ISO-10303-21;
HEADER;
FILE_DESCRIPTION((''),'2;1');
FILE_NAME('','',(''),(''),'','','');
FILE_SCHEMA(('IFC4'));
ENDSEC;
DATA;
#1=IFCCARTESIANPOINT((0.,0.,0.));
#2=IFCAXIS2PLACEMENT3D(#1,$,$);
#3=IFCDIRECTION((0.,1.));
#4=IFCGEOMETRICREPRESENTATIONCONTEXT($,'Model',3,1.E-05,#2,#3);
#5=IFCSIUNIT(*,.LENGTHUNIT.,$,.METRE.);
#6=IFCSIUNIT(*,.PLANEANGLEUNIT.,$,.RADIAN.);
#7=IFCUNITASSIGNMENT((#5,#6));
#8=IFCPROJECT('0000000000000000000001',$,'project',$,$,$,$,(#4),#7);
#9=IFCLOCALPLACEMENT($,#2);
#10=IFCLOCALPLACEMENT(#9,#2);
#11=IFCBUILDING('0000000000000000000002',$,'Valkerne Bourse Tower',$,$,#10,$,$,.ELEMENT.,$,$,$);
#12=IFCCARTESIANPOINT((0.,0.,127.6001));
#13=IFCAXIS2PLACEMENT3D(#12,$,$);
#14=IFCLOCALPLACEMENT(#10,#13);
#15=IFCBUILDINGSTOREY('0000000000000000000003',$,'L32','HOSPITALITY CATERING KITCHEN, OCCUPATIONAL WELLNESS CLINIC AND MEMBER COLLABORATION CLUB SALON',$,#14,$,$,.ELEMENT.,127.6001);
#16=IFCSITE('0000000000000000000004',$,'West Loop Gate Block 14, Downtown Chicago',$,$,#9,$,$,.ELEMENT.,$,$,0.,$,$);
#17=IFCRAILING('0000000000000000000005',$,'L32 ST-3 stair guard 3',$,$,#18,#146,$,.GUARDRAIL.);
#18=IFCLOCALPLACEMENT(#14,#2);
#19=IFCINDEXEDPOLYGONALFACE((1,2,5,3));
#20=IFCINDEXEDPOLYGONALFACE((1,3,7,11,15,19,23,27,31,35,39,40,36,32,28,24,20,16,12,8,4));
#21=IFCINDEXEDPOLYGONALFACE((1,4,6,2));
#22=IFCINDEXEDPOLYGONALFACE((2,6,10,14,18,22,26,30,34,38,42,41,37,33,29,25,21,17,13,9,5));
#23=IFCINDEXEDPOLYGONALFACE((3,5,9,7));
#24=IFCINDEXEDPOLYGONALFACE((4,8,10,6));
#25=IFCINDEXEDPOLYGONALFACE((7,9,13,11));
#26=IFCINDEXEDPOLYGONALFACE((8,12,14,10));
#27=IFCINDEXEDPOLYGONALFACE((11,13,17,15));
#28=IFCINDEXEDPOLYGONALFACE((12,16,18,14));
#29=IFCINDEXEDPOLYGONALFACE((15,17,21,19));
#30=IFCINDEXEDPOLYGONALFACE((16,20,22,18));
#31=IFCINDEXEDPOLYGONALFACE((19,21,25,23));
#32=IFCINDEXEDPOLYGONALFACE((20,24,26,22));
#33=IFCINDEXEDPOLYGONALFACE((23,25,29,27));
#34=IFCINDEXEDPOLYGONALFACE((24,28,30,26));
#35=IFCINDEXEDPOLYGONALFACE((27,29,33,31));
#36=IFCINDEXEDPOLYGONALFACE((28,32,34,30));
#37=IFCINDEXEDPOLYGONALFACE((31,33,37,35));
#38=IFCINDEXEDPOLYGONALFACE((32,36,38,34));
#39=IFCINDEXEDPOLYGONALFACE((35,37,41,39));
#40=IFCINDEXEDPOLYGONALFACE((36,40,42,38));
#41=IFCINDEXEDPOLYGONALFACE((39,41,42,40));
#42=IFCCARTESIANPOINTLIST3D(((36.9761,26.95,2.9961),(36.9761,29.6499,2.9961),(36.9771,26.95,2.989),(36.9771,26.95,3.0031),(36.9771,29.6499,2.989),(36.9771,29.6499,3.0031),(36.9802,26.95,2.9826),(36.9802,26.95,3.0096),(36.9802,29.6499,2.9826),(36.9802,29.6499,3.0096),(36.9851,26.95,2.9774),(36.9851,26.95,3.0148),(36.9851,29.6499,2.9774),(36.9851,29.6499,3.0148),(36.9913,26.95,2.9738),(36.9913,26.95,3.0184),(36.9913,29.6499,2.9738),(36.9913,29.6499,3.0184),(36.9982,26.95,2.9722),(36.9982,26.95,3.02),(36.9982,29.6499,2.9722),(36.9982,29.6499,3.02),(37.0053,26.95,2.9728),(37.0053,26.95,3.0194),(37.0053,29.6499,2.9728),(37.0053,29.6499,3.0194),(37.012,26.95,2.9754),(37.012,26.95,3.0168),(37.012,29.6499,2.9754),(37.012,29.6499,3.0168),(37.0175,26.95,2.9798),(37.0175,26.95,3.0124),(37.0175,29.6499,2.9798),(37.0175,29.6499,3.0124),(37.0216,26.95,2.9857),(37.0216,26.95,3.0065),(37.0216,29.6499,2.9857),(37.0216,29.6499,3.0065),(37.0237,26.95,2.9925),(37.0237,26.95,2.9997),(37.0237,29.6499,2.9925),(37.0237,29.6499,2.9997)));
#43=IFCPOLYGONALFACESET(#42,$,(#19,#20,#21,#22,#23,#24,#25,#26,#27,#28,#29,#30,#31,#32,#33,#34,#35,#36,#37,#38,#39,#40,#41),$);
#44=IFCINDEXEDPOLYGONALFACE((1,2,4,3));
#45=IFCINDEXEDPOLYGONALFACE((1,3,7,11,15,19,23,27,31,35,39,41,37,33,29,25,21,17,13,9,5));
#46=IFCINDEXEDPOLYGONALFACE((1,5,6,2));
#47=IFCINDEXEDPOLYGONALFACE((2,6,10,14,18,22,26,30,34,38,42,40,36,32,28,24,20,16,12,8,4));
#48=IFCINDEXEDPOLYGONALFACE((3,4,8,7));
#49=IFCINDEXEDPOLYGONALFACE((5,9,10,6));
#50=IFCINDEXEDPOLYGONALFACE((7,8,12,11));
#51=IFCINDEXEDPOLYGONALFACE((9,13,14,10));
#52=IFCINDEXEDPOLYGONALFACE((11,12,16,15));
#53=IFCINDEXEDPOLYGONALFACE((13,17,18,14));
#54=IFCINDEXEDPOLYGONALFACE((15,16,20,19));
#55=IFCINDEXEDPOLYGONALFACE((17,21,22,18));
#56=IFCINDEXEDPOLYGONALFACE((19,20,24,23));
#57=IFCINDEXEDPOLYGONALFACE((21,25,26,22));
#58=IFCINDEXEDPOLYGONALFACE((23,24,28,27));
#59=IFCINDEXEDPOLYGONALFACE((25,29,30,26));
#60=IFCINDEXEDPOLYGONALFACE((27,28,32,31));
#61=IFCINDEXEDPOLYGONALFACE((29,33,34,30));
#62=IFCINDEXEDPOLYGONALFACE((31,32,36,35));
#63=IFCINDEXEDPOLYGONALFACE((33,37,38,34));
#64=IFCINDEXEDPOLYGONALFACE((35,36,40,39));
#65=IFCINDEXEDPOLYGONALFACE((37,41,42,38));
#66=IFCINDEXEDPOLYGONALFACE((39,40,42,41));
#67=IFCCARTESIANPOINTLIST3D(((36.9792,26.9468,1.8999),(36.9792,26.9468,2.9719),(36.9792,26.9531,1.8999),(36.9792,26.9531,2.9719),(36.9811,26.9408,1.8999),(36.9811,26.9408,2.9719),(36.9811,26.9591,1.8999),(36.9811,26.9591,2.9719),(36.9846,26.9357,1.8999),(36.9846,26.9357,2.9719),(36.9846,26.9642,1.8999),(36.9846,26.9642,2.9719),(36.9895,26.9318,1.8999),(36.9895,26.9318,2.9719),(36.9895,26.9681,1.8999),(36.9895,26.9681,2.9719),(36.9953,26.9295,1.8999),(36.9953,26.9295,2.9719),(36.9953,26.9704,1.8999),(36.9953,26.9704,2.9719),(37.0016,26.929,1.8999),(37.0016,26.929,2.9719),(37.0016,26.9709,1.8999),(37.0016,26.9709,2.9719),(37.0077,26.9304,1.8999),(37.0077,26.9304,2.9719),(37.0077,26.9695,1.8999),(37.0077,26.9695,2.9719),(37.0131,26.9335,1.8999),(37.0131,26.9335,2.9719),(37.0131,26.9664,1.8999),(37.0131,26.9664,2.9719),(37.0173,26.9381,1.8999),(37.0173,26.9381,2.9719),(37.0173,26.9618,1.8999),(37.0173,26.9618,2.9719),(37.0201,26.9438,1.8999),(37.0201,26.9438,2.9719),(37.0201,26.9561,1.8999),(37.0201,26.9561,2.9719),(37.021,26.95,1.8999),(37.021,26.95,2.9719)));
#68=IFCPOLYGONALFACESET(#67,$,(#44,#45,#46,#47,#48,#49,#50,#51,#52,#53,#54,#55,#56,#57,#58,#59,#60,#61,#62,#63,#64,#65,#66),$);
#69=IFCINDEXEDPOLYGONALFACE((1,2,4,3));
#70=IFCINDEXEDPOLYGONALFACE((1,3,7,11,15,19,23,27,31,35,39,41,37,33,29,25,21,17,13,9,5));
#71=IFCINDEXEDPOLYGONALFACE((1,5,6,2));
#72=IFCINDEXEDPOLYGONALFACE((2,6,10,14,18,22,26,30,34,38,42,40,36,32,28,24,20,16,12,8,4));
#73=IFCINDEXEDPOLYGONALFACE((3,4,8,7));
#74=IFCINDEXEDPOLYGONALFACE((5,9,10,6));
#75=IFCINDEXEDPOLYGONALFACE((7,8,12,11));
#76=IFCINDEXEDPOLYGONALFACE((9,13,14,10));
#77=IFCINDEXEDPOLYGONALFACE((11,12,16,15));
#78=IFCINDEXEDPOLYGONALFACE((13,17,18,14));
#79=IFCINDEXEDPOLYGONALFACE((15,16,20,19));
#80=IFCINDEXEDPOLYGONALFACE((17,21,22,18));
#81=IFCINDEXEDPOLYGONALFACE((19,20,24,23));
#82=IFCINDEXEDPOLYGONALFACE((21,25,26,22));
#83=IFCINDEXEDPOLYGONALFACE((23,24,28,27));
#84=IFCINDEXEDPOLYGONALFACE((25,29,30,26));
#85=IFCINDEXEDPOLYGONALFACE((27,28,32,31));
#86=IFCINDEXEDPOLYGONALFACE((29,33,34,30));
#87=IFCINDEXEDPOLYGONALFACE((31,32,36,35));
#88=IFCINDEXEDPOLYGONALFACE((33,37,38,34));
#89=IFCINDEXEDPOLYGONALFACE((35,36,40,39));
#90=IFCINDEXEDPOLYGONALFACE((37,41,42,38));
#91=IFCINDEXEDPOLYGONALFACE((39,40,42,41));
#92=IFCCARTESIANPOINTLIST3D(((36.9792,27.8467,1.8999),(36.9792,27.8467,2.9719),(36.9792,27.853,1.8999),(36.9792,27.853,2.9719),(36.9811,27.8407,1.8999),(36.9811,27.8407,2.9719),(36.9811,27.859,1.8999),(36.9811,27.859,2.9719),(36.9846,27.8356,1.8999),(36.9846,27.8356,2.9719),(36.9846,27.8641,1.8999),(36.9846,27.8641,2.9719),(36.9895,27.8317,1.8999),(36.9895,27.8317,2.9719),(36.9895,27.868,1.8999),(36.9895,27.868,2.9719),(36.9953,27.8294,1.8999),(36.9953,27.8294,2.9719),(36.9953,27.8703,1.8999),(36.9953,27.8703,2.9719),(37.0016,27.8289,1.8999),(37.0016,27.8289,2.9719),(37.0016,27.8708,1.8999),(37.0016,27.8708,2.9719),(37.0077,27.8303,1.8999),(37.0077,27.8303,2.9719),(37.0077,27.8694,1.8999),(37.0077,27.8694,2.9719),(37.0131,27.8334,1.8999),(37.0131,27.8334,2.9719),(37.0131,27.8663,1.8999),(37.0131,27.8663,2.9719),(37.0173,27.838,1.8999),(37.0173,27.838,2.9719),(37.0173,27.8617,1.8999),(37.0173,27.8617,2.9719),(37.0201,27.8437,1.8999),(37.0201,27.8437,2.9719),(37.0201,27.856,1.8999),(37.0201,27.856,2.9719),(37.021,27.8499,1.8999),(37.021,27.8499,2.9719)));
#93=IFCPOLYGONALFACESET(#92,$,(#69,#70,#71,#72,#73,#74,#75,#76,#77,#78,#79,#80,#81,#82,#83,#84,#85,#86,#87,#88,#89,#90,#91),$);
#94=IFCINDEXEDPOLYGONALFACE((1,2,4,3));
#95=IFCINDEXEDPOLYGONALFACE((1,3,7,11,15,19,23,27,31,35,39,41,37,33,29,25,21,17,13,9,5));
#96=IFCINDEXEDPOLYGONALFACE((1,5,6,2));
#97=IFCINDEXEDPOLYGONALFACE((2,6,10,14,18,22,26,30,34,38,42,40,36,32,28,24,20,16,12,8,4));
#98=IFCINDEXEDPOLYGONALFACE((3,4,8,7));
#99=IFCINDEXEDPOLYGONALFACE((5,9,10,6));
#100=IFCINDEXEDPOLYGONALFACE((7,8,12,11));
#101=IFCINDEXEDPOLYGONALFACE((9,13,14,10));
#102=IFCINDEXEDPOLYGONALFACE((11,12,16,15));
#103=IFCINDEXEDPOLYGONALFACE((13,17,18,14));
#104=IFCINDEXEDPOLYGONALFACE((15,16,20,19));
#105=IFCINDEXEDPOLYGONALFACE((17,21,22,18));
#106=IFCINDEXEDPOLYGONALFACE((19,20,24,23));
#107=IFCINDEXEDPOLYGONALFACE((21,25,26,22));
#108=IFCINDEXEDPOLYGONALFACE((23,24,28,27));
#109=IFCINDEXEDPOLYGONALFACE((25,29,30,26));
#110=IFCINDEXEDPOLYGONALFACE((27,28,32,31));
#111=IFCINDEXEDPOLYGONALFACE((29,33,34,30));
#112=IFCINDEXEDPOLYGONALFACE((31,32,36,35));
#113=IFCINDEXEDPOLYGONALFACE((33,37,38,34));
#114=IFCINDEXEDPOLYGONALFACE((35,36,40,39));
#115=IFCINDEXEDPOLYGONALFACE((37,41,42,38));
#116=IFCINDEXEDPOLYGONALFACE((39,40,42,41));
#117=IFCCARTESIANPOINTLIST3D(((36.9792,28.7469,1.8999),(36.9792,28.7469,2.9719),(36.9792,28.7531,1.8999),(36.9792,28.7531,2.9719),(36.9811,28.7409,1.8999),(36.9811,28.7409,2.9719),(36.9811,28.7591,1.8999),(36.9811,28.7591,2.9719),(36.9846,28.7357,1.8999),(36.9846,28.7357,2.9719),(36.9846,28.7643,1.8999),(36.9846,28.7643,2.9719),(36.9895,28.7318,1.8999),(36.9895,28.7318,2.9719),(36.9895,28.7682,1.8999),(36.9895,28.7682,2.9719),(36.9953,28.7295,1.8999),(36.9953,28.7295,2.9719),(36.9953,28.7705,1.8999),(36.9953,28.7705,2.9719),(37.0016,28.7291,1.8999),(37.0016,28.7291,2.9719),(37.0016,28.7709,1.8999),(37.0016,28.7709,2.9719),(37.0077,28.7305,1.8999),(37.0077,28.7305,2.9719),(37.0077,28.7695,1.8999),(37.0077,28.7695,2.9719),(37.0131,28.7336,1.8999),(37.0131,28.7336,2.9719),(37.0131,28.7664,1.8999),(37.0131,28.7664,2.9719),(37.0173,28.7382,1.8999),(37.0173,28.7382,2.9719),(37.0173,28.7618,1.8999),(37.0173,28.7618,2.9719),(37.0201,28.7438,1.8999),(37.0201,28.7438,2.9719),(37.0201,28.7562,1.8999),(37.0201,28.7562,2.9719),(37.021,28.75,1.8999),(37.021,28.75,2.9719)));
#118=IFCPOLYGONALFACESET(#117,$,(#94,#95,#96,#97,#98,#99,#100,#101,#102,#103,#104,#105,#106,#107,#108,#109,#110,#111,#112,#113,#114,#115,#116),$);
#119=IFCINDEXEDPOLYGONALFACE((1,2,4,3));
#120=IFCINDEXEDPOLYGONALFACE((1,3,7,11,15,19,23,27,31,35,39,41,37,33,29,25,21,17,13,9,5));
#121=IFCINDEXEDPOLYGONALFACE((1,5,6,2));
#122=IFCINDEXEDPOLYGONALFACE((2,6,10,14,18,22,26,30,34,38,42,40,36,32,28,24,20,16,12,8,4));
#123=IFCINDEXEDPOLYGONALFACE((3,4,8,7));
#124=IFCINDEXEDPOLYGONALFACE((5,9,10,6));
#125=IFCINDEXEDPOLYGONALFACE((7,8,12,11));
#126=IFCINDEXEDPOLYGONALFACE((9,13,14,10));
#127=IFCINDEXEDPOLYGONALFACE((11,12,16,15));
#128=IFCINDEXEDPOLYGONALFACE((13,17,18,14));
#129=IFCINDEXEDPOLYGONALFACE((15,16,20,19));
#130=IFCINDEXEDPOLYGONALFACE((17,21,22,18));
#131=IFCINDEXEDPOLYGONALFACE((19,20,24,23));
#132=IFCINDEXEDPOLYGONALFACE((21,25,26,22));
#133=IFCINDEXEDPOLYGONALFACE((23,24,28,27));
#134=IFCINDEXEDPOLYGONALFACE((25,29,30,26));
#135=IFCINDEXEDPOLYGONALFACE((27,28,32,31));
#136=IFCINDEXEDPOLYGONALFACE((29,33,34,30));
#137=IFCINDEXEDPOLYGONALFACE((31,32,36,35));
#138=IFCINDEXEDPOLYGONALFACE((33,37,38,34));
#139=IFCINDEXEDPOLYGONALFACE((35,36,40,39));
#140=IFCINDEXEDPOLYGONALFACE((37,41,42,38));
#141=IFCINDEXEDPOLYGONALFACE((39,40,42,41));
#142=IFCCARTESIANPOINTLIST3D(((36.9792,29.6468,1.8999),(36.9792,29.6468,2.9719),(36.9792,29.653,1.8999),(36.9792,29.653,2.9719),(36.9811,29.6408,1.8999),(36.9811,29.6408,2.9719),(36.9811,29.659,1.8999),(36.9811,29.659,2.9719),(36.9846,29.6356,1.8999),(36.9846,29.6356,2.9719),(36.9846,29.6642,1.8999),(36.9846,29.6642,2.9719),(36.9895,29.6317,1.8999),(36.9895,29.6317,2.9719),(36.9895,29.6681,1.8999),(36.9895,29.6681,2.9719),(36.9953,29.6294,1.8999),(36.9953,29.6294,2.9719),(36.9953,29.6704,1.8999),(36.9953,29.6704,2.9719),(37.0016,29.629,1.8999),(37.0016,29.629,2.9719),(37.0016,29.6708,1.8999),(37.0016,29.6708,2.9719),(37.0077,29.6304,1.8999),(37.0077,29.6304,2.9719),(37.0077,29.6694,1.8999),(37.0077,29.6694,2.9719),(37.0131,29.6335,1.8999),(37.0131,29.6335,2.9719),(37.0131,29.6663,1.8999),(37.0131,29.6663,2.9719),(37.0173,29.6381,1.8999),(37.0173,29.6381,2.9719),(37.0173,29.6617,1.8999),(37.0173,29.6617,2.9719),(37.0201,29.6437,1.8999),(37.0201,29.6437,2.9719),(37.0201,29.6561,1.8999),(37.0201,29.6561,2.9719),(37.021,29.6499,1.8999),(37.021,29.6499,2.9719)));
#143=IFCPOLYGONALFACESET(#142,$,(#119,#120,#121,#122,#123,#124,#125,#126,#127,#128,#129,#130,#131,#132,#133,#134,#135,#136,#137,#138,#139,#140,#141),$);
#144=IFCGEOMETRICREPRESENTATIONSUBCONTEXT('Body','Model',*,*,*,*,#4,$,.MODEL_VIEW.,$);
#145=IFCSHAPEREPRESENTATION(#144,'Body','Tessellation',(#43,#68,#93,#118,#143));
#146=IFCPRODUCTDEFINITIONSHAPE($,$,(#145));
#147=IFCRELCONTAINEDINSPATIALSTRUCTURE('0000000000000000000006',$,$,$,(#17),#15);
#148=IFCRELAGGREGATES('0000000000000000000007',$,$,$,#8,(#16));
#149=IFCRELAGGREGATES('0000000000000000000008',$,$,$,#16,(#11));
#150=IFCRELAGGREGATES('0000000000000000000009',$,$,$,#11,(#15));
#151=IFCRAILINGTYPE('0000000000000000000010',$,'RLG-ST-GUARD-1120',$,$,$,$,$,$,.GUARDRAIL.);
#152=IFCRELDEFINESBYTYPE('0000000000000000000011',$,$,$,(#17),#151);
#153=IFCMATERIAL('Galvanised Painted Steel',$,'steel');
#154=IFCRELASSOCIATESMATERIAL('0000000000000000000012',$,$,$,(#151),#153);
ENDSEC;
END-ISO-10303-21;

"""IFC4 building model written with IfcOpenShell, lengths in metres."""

from ifc_helpers import new_model, si_unit, direction, frame, origin, origin_2d, place, context, subcontext, project, spatial, circle, extrude, material, type_object, element, save


model = new_model("IFC4")

# Units and contexts
model_context = context("Model", 3, precision=1e-05, world=origin(), true_north=direction((0.0, 1.0)))
body_context = subcontext(model_context, "Body", "Model", "MODEL_VIEW")
ifc_project = project(units=[si_unit("LENGTHUNIT", "METRE"), si_unit("PLANEANGLEUNIT", "RADIAN")], contexts=[model_context])

# Site, building, storey
site_placement = place(None, origin())
site = spatial("IfcSite", under=ifc_project, at=site_placement, Name="West Loop Gate Block 14, Downtown Chicago", CompositionType="ELEMENT", RefElevation=0.0)
building_placement = place(site_placement, origin())
building = spatial("IfcBuilding", under=site, at=building_placement, Name="Valkerne Bourse Tower", CompositionType="ELEMENT")
storey_placement = place(building_placement, frame((0.0, 0.0, 127.6001)))
storey = spatial("IfcBuildingStorey", under=building, at=storey_placement, Name="L32", Description="HOSPITALITY CATERING KITCHEN, OCCUPATIONAL WELLNESS CLINIC AND MEMBER COLLABORATION CLUB SALON", CompositionType="ELEMENT", Elevation=127.6001)

# Shared definitions
ifc_material_1 = material(Name="Galvanised Painted Steel", Category="steel")

# Railing
railing_type_1 = type_object("IfcRailingType", Name="RLG-ST-GUARD-1120", PredefinedType="GUARDRAIL", material=ifc_material_1)
for number, where, name in (
    (1, (37.0, 26.95, 1.8999), "L32 ST-3 stair guard 3"),
):
    element("IfcRailing", number, at=place(storey_placement, frame(where)), inside=storey, type_object=railing_type_1, Name=name, PredefinedType="GUARDRAIL", context=body_context, shape_type="SweptSolid", body=[
        extrude(circle(Radius=0.0239, at=origin_2d()), frame((0.0, 0.0, 1.0962), z_axis=(0.0, 1.0, 0.0), x_axis=(-1.0, 0.0, 0.0)), (0.0, 0.0, 1.0), 2.7),
        extrude(circle(Radius=0.021, at=origin_2d()), origin(), (0.0, 0.0, 1.0), 1.072),
        extrude(circle(Radius=0.021, at=origin_2d()), frame((0.0, 0.8999, 0.0)), (0.0, 0.0, 1.0), 1.072),
        extrude(circle(Radius=0.021, at=origin_2d()), frame((0.0, 1.8, 0.0)), (0.0, 0.0, 1.0), 1.072),
        extrude(circle(Radius=0.021, at=origin_2d()), frame((0.0, 2.7, 0.0)), (0.0, 0.0, 1.0), 1.072),
    ])

save(model, "model.ifc")
